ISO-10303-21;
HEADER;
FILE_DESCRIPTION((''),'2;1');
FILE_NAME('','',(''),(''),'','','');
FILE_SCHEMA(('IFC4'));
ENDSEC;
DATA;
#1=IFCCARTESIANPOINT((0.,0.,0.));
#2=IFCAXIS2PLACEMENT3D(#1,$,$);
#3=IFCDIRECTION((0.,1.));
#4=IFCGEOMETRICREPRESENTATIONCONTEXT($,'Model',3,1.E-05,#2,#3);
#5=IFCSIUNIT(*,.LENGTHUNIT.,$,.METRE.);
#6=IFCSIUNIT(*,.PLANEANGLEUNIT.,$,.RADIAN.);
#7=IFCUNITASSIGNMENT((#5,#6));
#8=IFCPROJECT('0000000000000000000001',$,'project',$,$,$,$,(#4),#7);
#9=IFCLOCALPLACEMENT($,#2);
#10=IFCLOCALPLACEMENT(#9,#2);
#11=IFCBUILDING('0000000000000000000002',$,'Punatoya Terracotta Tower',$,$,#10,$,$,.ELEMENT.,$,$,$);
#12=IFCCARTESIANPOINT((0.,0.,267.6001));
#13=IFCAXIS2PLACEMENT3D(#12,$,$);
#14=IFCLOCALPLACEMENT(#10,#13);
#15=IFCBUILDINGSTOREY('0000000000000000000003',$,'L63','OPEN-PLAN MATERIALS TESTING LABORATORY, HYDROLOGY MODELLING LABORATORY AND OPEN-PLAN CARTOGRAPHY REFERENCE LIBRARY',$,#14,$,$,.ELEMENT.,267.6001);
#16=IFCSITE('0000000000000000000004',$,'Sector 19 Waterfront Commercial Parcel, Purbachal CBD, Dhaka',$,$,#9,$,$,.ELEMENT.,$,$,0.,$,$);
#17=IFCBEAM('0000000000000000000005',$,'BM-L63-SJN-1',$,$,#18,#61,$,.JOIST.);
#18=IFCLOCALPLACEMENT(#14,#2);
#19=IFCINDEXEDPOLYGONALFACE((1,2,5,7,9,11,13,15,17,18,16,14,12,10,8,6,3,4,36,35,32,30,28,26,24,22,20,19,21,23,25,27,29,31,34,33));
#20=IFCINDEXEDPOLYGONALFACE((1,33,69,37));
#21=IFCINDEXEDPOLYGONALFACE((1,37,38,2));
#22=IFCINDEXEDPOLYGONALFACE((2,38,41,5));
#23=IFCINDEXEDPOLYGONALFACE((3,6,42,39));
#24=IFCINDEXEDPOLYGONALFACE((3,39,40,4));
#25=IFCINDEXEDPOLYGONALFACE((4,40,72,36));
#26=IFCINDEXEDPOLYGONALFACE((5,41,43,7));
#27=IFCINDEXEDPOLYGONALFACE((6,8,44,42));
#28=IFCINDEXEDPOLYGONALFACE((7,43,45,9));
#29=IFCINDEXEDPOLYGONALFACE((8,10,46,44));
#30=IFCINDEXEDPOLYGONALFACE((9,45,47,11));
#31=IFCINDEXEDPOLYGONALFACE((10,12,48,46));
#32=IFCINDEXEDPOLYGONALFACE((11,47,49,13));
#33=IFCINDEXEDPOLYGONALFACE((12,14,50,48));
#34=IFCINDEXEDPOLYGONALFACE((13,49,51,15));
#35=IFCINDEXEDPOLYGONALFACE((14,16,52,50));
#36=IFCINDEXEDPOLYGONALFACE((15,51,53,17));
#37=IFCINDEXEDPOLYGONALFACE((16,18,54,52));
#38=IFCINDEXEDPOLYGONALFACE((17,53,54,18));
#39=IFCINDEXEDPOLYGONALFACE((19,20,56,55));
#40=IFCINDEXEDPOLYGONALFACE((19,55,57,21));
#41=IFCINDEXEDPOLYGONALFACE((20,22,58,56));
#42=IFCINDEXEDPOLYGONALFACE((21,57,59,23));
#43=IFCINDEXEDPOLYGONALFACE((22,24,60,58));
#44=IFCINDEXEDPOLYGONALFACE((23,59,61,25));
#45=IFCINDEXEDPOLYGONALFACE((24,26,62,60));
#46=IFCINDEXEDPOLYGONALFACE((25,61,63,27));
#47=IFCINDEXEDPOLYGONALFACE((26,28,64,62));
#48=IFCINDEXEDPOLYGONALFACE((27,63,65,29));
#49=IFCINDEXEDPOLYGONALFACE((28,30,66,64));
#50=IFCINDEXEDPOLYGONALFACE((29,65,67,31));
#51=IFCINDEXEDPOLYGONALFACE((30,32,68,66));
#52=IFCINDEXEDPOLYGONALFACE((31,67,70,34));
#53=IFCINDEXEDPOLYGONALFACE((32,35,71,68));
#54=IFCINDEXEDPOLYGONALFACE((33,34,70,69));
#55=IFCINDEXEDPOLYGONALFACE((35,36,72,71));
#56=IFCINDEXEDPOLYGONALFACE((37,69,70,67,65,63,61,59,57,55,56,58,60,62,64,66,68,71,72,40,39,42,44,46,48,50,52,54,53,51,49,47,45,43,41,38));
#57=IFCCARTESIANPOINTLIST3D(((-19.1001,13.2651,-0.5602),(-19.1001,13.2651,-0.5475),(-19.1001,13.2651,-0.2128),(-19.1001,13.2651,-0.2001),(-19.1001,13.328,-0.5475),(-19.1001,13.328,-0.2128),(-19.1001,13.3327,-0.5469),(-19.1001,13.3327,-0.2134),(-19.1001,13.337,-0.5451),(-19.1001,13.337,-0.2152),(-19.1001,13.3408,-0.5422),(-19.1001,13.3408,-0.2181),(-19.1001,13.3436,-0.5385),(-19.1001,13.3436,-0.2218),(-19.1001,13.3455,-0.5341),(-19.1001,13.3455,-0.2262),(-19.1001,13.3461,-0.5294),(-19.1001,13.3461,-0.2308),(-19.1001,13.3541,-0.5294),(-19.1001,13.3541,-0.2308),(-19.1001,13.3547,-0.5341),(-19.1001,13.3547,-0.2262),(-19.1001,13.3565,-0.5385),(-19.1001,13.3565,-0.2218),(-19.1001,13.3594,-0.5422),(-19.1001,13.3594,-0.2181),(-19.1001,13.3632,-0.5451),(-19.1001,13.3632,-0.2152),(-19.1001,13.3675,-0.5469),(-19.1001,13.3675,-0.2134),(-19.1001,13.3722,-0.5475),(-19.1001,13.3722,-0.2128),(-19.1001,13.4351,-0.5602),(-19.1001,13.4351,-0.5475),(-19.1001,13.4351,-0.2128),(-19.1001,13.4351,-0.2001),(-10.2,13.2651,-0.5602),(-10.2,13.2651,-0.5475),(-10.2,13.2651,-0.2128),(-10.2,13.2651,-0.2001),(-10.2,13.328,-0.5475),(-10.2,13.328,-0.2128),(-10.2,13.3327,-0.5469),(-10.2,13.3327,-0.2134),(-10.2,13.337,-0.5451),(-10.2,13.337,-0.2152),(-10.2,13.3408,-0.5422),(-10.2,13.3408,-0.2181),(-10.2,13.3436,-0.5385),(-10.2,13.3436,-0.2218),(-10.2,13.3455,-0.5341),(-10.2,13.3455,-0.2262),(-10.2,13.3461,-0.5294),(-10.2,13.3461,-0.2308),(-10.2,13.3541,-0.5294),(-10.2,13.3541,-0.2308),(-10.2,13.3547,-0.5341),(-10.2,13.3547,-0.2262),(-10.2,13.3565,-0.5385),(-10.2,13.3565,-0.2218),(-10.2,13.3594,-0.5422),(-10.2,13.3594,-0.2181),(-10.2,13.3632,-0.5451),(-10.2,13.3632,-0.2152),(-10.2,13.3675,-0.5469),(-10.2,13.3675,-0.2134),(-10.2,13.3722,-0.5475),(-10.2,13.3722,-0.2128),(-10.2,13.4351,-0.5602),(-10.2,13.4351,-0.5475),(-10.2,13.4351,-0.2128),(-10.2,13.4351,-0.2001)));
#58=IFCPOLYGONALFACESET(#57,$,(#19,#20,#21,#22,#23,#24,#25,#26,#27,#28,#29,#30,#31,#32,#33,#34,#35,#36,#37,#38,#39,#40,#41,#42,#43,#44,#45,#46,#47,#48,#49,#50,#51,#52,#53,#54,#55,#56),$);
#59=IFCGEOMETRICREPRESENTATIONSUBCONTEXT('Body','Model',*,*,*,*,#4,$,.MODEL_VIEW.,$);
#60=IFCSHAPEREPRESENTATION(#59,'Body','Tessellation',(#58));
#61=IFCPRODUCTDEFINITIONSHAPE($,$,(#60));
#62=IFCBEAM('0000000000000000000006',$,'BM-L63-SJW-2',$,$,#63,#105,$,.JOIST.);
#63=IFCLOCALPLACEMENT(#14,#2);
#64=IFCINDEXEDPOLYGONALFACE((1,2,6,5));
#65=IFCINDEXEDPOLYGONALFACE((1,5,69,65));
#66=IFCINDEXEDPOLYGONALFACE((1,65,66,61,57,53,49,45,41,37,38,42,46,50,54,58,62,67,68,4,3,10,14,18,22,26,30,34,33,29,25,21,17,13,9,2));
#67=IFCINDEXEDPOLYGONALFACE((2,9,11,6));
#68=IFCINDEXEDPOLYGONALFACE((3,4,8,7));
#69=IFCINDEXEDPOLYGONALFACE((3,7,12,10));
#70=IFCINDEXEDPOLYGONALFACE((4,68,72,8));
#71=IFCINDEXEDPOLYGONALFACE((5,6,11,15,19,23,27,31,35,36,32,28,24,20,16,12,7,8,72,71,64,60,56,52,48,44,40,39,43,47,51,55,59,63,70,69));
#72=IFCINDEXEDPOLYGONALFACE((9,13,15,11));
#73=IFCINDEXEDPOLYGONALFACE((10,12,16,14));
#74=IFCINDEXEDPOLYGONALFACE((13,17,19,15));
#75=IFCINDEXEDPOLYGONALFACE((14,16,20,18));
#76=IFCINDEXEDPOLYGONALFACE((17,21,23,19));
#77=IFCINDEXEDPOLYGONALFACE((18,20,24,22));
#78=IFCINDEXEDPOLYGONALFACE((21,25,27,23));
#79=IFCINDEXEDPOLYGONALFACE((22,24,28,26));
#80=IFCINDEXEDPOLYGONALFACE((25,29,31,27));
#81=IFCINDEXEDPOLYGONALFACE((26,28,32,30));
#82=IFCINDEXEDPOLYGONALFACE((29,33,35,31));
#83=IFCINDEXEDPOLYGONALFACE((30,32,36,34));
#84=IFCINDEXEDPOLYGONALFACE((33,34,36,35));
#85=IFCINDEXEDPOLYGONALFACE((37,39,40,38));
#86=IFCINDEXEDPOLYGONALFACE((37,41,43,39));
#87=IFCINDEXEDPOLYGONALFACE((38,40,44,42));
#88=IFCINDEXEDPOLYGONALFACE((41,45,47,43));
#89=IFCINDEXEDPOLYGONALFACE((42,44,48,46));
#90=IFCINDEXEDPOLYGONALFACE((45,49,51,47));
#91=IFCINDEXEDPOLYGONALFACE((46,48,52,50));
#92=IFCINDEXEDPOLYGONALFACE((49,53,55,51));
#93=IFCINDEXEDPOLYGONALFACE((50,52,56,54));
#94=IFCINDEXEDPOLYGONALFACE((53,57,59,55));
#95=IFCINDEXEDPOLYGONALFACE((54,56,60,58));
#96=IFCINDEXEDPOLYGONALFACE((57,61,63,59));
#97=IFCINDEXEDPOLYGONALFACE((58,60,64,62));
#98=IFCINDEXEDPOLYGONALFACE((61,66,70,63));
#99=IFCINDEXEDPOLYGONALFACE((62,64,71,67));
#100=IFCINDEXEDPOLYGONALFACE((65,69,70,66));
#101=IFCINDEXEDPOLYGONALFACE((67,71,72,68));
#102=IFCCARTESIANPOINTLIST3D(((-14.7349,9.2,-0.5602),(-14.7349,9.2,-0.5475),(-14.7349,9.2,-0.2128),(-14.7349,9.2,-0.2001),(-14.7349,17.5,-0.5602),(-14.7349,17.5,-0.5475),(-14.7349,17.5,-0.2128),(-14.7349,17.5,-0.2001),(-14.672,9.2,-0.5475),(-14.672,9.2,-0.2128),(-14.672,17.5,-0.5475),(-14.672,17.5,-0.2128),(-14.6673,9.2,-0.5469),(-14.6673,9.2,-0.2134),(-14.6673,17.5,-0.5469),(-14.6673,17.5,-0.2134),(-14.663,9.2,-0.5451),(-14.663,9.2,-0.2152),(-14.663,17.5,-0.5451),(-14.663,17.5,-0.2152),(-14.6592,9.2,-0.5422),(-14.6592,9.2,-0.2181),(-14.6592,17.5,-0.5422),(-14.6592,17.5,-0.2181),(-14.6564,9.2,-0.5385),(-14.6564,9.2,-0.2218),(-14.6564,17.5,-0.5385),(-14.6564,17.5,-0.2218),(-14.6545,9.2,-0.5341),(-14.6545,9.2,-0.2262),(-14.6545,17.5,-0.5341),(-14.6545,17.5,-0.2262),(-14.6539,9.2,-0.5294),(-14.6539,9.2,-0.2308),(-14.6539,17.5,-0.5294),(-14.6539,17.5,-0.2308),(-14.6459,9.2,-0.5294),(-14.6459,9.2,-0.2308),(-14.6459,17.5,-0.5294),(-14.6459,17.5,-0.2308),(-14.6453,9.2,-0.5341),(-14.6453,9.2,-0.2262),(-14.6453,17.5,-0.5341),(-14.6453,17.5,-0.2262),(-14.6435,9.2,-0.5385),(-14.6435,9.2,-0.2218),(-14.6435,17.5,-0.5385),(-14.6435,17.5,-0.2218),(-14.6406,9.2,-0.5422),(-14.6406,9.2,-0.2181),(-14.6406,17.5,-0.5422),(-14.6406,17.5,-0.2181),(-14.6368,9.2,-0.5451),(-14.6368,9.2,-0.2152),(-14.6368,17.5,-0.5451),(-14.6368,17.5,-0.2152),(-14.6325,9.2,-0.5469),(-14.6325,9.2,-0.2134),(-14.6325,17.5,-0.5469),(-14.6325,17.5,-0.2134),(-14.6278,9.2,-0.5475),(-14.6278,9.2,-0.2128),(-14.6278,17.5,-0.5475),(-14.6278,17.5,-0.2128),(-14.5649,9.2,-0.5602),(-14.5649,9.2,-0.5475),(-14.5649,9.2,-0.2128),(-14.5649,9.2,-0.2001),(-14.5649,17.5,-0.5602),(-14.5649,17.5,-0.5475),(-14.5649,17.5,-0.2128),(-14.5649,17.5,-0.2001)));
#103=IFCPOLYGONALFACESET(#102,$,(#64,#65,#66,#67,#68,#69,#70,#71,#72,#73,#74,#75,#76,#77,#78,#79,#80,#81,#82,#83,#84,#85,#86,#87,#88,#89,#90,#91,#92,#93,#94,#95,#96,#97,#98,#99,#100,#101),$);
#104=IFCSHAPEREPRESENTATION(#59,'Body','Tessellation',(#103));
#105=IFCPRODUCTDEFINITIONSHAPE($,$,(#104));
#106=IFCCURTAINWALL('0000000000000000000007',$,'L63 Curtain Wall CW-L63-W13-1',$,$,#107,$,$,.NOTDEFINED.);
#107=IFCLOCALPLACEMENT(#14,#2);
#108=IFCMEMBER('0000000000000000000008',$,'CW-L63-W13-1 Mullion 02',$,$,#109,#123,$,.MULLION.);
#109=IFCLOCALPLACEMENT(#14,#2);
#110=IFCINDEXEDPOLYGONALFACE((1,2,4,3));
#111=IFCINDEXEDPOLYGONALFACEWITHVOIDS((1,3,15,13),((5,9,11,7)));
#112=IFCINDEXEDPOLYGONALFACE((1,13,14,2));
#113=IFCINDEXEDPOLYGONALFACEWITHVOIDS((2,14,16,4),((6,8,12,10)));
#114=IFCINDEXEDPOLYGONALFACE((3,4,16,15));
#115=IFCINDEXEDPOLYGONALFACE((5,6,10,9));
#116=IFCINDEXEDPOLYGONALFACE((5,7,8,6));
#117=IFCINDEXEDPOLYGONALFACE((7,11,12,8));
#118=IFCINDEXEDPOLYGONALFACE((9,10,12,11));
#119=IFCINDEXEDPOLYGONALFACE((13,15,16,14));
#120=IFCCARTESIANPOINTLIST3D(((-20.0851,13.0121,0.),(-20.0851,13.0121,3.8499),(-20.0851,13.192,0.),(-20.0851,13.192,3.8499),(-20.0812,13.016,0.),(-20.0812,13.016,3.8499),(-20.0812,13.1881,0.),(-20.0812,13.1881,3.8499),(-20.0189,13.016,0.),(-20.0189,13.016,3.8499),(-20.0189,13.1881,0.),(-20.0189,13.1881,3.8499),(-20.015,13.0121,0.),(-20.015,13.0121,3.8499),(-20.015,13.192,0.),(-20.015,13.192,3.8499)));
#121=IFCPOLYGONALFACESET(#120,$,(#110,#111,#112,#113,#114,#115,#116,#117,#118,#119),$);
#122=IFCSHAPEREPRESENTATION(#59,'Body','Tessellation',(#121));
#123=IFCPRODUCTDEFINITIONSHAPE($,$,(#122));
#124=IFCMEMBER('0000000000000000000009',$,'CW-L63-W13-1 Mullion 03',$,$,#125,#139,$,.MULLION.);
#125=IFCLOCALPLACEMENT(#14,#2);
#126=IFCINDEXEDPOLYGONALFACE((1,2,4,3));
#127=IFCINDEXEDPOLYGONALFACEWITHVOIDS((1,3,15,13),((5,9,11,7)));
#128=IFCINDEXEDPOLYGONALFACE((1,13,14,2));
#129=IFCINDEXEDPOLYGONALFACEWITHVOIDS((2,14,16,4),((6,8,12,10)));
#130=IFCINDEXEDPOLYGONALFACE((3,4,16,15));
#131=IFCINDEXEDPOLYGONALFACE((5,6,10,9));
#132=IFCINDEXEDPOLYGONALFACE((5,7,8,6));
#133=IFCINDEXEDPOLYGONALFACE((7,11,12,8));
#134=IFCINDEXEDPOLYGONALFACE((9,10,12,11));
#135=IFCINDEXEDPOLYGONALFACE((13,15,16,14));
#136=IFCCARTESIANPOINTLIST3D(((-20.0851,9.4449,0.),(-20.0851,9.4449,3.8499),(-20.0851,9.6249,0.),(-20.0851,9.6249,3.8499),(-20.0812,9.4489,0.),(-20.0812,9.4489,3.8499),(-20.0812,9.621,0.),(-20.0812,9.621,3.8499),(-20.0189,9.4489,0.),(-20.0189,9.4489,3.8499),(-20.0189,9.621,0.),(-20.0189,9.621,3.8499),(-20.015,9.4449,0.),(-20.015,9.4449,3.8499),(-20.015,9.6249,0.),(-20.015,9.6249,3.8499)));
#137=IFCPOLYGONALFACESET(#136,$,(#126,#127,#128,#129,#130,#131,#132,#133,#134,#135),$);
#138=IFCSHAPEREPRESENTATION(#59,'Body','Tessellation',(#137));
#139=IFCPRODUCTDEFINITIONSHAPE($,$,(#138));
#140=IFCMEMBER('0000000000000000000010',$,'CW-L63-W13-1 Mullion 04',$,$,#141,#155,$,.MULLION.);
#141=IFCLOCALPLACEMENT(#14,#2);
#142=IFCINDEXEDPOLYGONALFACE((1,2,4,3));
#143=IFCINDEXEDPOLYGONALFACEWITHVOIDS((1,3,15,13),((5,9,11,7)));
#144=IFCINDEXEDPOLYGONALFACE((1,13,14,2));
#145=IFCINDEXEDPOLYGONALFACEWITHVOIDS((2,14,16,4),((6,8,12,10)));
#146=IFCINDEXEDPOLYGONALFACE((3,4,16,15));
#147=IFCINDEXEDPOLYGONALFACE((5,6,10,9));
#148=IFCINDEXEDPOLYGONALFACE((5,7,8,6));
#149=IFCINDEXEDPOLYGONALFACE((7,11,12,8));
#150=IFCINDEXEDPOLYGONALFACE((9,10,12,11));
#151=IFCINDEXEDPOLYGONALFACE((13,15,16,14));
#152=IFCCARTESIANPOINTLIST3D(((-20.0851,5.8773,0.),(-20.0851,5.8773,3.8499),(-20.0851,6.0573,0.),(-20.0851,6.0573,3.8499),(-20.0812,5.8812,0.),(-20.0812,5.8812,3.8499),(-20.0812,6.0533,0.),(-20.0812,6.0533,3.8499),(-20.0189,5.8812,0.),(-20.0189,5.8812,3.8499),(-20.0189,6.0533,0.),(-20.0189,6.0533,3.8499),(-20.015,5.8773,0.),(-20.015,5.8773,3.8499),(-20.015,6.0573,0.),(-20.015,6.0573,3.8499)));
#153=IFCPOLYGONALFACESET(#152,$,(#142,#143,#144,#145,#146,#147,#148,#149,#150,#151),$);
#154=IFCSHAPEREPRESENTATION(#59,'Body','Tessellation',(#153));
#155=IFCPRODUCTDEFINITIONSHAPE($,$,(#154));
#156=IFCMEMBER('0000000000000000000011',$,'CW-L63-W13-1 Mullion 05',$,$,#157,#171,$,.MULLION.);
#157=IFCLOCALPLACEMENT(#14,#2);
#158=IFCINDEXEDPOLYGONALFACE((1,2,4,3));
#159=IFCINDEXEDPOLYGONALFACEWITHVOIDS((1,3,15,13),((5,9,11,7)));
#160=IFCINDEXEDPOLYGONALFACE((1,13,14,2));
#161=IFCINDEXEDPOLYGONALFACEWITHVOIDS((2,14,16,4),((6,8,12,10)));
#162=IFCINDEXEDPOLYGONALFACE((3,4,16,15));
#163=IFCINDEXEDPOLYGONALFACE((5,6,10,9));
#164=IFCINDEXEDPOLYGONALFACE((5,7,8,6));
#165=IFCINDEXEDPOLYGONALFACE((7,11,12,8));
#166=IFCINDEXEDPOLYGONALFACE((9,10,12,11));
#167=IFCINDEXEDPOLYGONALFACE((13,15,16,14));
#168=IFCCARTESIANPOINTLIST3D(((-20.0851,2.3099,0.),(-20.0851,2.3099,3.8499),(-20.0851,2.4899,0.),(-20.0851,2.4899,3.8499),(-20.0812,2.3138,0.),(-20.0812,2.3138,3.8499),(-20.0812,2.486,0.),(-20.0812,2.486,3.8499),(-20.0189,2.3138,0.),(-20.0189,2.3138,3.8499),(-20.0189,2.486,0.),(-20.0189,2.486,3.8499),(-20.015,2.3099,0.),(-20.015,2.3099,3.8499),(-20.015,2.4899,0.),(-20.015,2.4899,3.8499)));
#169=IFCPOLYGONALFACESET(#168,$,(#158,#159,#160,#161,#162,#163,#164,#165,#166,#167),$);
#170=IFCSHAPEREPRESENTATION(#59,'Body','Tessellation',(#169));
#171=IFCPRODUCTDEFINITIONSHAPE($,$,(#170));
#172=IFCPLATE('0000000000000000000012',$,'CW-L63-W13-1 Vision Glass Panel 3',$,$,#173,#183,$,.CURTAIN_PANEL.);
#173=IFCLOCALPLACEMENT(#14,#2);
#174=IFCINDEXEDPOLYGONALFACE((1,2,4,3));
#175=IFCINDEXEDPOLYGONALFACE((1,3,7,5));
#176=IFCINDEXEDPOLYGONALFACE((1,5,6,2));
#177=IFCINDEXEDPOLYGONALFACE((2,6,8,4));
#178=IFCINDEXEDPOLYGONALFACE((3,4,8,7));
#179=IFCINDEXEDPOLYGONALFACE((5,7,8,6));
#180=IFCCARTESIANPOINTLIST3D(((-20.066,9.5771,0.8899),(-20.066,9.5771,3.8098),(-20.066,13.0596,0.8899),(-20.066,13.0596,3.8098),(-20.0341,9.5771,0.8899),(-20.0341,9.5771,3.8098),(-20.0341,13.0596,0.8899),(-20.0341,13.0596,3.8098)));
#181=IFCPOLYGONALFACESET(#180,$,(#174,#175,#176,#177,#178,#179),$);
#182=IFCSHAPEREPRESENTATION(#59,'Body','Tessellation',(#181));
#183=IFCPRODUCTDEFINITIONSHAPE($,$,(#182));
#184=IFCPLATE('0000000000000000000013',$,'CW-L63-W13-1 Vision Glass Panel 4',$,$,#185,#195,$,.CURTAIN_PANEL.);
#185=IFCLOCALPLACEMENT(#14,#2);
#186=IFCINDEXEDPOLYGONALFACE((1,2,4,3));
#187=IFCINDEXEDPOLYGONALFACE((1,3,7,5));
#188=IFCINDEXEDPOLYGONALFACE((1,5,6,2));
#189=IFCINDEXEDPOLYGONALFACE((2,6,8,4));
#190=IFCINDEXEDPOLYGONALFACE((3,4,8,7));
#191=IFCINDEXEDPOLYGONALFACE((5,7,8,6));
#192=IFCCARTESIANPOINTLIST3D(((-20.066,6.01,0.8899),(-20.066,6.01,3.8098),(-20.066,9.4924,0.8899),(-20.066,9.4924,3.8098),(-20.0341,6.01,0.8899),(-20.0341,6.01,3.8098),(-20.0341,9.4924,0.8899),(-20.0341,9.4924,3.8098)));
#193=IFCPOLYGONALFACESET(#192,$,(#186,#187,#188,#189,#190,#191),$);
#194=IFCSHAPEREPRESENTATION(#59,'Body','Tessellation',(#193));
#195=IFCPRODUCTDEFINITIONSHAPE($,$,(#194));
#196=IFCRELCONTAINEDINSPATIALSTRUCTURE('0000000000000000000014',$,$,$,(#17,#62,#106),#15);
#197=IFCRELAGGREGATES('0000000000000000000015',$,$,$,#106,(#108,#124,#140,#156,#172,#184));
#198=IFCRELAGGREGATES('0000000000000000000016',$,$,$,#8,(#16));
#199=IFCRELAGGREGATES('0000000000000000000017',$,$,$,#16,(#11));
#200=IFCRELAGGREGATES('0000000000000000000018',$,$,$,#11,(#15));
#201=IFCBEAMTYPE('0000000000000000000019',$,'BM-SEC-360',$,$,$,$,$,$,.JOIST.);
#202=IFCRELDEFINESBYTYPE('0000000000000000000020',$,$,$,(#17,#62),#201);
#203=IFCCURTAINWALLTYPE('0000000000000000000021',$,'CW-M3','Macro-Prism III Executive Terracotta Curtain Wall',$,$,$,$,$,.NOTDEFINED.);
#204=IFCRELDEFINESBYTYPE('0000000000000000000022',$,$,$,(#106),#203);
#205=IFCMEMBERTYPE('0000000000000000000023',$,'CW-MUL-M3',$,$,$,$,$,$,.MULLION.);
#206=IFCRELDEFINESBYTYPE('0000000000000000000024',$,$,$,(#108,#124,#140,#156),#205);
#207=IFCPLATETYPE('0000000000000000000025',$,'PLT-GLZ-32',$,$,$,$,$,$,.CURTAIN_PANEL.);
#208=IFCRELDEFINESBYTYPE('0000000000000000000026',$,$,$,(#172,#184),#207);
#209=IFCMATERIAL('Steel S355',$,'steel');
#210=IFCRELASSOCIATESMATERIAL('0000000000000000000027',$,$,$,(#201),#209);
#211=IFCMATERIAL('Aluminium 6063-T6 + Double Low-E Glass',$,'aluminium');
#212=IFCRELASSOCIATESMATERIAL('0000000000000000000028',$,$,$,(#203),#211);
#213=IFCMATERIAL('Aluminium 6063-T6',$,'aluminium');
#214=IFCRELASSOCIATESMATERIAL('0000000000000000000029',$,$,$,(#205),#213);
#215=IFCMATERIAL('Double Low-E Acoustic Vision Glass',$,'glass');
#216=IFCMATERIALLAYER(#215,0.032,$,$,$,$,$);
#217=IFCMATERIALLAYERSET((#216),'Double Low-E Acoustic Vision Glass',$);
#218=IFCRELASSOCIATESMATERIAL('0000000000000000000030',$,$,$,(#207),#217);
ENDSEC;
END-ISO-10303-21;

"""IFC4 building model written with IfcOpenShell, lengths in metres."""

from ifc_helpers import new_model, si_unit, direction, frame, origin, origin_2d, place, context, subcontext, project, spatial, rectangle, hollow_rectangle, i_section, extrude, material, layer, layer_set, material_profile, profile_set, type_object, element, aggregate, save


model = new_model("IFC4")

# Units and contexts
model_context = context("Model", 3, precision=1e-05, world=origin(), true_north=direction((0.0, 1.0)))
body_context = subcontext(model_context, "Body", "Model", "MODEL_VIEW")
ifc_project = project(units=[si_unit("LENGTHUNIT", "METRE"), si_unit("PLANEANGLEUNIT", "RADIAN")], contexts=[model_context])

# Site, building, storey
site_placement = place(None, origin())
site = spatial("IfcSite", under=ifc_project, at=site_placement, Name="Sector 19 Waterfront Commercial Parcel, Purbachal CBD, Dhaka", CompositionType="ELEMENT", RefElevation=0.0)
building_placement = place(site_placement, origin())
building = spatial("IfcBuilding", under=site, at=building_placement, Name="Punatoya Terracotta Tower", CompositionType="ELEMENT")
storey_placement = place(building_placement, frame((0.0, 0.0, 267.6001)))
storey = spatial("IfcBuildingStorey", under=building, at=storey_placement, Name="L63", Description="OPEN-PLAN MATERIALS TESTING LABORATORY, HYDROLOGY MODELLING LABORATORY AND OPEN-PLAN CARTOGRAPHY REFERENCE LIBRARY", CompositionType="ELEMENT", Elevation=267.6001)

# Beams
ifc_material_1 = material(Name="Steel S355", Category="steel")
ifc_material_profile_1 = material_profile(ifc_material_1, i_section(OverallWidth=0.1699, OverallDepth=0.3601, WebThickness=0.0081, FlangeThickness=0.0127, FilletRadius=0.0181, at=origin_2d()))
ifc_profile_set_1 = profile_set([ifc_material_profile_1], Name="Steel S355")
beam_type_1 = type_object("IfcBeamType", Name="BM-SEC-360", PredefinedType="JOIST", material=ifc_profile_set_1)
beam_1_placement = place(storey_placement, frame((-19.1001, 13.3501, -0.3801), z_axis=(1.0, 0.0, 0.0), x_axis=(0.0, 1.0, 0.0)))
element("IfcBeam", 1, at=beam_1_placement, inside=storey, type_object=beam_type_1, Name="BM-L63-SJN-1", PredefinedType="JOIST", context=body_context, shape_type="SweptSolid", body=[
    extrude(i_section(OverallWidth=0.1699, OverallDepth=0.3601, WebThickness=0.0081, FlangeThickness=0.0127, FilletRadius=0.0181, at=origin_2d()), origin(), (0.0, 0.0, 1.0), 8.9001),
])
beam_2_placement = place(storey_placement, frame((-14.6499, 9.2, -0.3801), z_axis=(0.0, 1.0, 0.0), x_axis=(-1.0, 0.0, 0.0)))
element("IfcBeam", 2, at=beam_2_placement, inside=storey, type_object=beam_type_1, Name="BM-L63-SJW-2", PredefinedType="JOIST", context=body_context, shape_type="SweptSolid", body=[
    extrude(i_section(OverallWidth=0.1699, OverallDepth=0.3601, WebThickness=0.0081, FlangeThickness=0.0127, FilletRadius=0.0181, at=origin_2d()), origin(), (0.0, 0.0, 1.0), 8.3),
])

# Curtain wall, members, plates
ifc_material_2 = material(Name="Aluminium 6063-T6 + Double Low-E Glass", Category="aluminium")
curtain_wall_type = type_object("IfcCurtainWallType", Name="CW-M3", Description="Macro-Prism III Executive Terracotta Curtain Wall", PredefinedType="NOTDEFINED", material=ifc_material_2)
curtain_wall_placement = place(storey_placement, origin())
curtain_wall = element("IfcCurtainWall", 3, at=curtain_wall_placement, inside=storey, type_object=curtain_wall_type, Name="L63 Curtain Wall CW-L63-W13-1", PredefinedType="NOTDEFINED")
ifc_material_3 = material(Name="Aluminium 6063-T6", Category="aluminium")
ifc_material_profile_2 = material_profile(ifc_material_3, hollow_rectangle(XDim=0.0701, YDim=0.1799, WallThickness=0.0039, at=origin_2d()))
ifc_profile_set_2 = profile_set([ifc_material_profile_2], Name="Aluminium 6063-T6")
member_type = type_object("IfcMemberType", Name="CW-MUL-M3", PredefinedType="MULLION", material=ifc_profile_set_2)
member_1_placement = place(storey_placement, frame((-20.05, 13.1021, 0.0), z_axis=(0.0, 0.0, 1.0), x_axis=(1.0, 0.0, 0.0)))
member_1 = element("IfcMember", 4, at=member_1_placement, type_object=member_type, Name="CW-L63-W13-1 Mullion 02", PredefinedType="MULLION", context=body_context, shape_type="SweptSolid", body=[
    extrude(hollow_rectangle(XDim=0.0701, YDim=0.1799, WallThickness=0.0039, at=origin_2d()), origin(), (0.0, 0.0, 1.0), 3.8499),
])
member_2_placement = place(storey_placement, frame((-20.05, 9.5349, 0.0), z_axis=(0.0, 0.0, 1.0), x_axis=(1.0, 0.0, 0.0)))
member_2 = element("IfcMember", 5, at=member_2_placement, type_object=member_type, Name="CW-L63-W13-1 Mullion 03", PredefinedType="MULLION", context=body_context, shape_type="SweptSolid", body=[
    extrude(hollow_rectangle(XDim=0.0701, YDim=0.1799, WallThickness=0.0039, at=origin_2d()), origin(), (0.0, 0.0, 1.0), 3.8499),
])
member_3_placement = place(storey_placement, frame((-20.05, 5.9673, 0.0), z_axis=(0.0, 0.0, 1.0), x_axis=(1.0, 0.0, 0.0)))
member_3 = element("IfcMember", 6, at=member_3_placement, type_object=member_type, Name="CW-L63-W13-1 Mullion 04", PredefinedType="MULLION", context=body_context, shape_type="SweptSolid", body=[
    extrude(hollow_rectangle(XDim=0.0701, YDim=0.1799, WallThickness=0.0039, at=origin_2d()), origin(), (0.0, 0.0, 1.0), 3.8499),
])
member_4_placement = place(storey_placement, frame((-20.05, 2.3999, 0.0), z_axis=(0.0, 0.0, 1.0), x_axis=(1.0, 0.0, 0.0)))
member_4 = element("IfcMember", 7, at=member_4_placement, type_object=member_type, Name="CW-L63-W13-1 Mullion 05", PredefinedType="MULLION", context=body_context, shape_type="SweptSolid", body=[
    extrude(hollow_rectangle(XDim=0.0701, YDim=0.1799, WallThickness=0.0039, at=origin_2d()), origin(), (0.0, 0.0, 1.0), 3.8499),
])
ifc_material_4 = material(Name="Double Low-E Acoustic Vision Glass", Category="glass")
ifc_layer_1 = layer(ifc_material_4, 0.032)
ifc_layer_set_1 = layer_set([ifc_layer_1], Name="Double Low-E Acoustic Vision Glass")
plate_type_1 = type_object("IfcPlateType", Name="PLT-GLZ-32", PredefinedType="CURTAIN_PANEL", material=ifc_layer_set_1)
plate_1_placement = place(storey_placement, frame((-20.05, 11.3184, 0.8899), z_axis=(0.0, 0.0, 1.0), x_axis=(0.0, -1.0, 0.0)))
plate_1 = element("IfcPlate", 8, at=plate_1_placement, type_object=plate_type_1, Name="CW-L63-W13-1 Vision Glass Panel 3", PredefinedType="CURTAIN_PANEL", context=body_context, shape_type="SweptSolid", body=[
    extrude(rectangle(XDim=3.4824, YDim=0.032, at=origin_2d()), origin(), (0.0, 0.0, 1.0), 2.9199),
])
plate_2_placement = place(storey_placement, frame((-20.05, 7.7512, 0.8899), z_axis=(0.0, 0.0, 1.0), x_axis=(0.0, -1.0, 0.0)))
plate_2 = element("IfcPlate", 9, at=plate_2_placement, type_object=plate_type_1, Name="CW-L63-W13-1 Vision Glass Panel 4", PredefinedType="CURTAIN_PANEL", context=body_context, shape_type="SweptSolid", body=[
    extrude(rectangle(XDim=3.4824, YDim=0.032, at=origin_2d()), origin(), (0.0, 0.0, 1.0), 2.9199),
])
aggregate(curtain_wall, [member_1, member_2, member_3, member_4, plate_1, plate_2])

save(model, "model.ifc")
